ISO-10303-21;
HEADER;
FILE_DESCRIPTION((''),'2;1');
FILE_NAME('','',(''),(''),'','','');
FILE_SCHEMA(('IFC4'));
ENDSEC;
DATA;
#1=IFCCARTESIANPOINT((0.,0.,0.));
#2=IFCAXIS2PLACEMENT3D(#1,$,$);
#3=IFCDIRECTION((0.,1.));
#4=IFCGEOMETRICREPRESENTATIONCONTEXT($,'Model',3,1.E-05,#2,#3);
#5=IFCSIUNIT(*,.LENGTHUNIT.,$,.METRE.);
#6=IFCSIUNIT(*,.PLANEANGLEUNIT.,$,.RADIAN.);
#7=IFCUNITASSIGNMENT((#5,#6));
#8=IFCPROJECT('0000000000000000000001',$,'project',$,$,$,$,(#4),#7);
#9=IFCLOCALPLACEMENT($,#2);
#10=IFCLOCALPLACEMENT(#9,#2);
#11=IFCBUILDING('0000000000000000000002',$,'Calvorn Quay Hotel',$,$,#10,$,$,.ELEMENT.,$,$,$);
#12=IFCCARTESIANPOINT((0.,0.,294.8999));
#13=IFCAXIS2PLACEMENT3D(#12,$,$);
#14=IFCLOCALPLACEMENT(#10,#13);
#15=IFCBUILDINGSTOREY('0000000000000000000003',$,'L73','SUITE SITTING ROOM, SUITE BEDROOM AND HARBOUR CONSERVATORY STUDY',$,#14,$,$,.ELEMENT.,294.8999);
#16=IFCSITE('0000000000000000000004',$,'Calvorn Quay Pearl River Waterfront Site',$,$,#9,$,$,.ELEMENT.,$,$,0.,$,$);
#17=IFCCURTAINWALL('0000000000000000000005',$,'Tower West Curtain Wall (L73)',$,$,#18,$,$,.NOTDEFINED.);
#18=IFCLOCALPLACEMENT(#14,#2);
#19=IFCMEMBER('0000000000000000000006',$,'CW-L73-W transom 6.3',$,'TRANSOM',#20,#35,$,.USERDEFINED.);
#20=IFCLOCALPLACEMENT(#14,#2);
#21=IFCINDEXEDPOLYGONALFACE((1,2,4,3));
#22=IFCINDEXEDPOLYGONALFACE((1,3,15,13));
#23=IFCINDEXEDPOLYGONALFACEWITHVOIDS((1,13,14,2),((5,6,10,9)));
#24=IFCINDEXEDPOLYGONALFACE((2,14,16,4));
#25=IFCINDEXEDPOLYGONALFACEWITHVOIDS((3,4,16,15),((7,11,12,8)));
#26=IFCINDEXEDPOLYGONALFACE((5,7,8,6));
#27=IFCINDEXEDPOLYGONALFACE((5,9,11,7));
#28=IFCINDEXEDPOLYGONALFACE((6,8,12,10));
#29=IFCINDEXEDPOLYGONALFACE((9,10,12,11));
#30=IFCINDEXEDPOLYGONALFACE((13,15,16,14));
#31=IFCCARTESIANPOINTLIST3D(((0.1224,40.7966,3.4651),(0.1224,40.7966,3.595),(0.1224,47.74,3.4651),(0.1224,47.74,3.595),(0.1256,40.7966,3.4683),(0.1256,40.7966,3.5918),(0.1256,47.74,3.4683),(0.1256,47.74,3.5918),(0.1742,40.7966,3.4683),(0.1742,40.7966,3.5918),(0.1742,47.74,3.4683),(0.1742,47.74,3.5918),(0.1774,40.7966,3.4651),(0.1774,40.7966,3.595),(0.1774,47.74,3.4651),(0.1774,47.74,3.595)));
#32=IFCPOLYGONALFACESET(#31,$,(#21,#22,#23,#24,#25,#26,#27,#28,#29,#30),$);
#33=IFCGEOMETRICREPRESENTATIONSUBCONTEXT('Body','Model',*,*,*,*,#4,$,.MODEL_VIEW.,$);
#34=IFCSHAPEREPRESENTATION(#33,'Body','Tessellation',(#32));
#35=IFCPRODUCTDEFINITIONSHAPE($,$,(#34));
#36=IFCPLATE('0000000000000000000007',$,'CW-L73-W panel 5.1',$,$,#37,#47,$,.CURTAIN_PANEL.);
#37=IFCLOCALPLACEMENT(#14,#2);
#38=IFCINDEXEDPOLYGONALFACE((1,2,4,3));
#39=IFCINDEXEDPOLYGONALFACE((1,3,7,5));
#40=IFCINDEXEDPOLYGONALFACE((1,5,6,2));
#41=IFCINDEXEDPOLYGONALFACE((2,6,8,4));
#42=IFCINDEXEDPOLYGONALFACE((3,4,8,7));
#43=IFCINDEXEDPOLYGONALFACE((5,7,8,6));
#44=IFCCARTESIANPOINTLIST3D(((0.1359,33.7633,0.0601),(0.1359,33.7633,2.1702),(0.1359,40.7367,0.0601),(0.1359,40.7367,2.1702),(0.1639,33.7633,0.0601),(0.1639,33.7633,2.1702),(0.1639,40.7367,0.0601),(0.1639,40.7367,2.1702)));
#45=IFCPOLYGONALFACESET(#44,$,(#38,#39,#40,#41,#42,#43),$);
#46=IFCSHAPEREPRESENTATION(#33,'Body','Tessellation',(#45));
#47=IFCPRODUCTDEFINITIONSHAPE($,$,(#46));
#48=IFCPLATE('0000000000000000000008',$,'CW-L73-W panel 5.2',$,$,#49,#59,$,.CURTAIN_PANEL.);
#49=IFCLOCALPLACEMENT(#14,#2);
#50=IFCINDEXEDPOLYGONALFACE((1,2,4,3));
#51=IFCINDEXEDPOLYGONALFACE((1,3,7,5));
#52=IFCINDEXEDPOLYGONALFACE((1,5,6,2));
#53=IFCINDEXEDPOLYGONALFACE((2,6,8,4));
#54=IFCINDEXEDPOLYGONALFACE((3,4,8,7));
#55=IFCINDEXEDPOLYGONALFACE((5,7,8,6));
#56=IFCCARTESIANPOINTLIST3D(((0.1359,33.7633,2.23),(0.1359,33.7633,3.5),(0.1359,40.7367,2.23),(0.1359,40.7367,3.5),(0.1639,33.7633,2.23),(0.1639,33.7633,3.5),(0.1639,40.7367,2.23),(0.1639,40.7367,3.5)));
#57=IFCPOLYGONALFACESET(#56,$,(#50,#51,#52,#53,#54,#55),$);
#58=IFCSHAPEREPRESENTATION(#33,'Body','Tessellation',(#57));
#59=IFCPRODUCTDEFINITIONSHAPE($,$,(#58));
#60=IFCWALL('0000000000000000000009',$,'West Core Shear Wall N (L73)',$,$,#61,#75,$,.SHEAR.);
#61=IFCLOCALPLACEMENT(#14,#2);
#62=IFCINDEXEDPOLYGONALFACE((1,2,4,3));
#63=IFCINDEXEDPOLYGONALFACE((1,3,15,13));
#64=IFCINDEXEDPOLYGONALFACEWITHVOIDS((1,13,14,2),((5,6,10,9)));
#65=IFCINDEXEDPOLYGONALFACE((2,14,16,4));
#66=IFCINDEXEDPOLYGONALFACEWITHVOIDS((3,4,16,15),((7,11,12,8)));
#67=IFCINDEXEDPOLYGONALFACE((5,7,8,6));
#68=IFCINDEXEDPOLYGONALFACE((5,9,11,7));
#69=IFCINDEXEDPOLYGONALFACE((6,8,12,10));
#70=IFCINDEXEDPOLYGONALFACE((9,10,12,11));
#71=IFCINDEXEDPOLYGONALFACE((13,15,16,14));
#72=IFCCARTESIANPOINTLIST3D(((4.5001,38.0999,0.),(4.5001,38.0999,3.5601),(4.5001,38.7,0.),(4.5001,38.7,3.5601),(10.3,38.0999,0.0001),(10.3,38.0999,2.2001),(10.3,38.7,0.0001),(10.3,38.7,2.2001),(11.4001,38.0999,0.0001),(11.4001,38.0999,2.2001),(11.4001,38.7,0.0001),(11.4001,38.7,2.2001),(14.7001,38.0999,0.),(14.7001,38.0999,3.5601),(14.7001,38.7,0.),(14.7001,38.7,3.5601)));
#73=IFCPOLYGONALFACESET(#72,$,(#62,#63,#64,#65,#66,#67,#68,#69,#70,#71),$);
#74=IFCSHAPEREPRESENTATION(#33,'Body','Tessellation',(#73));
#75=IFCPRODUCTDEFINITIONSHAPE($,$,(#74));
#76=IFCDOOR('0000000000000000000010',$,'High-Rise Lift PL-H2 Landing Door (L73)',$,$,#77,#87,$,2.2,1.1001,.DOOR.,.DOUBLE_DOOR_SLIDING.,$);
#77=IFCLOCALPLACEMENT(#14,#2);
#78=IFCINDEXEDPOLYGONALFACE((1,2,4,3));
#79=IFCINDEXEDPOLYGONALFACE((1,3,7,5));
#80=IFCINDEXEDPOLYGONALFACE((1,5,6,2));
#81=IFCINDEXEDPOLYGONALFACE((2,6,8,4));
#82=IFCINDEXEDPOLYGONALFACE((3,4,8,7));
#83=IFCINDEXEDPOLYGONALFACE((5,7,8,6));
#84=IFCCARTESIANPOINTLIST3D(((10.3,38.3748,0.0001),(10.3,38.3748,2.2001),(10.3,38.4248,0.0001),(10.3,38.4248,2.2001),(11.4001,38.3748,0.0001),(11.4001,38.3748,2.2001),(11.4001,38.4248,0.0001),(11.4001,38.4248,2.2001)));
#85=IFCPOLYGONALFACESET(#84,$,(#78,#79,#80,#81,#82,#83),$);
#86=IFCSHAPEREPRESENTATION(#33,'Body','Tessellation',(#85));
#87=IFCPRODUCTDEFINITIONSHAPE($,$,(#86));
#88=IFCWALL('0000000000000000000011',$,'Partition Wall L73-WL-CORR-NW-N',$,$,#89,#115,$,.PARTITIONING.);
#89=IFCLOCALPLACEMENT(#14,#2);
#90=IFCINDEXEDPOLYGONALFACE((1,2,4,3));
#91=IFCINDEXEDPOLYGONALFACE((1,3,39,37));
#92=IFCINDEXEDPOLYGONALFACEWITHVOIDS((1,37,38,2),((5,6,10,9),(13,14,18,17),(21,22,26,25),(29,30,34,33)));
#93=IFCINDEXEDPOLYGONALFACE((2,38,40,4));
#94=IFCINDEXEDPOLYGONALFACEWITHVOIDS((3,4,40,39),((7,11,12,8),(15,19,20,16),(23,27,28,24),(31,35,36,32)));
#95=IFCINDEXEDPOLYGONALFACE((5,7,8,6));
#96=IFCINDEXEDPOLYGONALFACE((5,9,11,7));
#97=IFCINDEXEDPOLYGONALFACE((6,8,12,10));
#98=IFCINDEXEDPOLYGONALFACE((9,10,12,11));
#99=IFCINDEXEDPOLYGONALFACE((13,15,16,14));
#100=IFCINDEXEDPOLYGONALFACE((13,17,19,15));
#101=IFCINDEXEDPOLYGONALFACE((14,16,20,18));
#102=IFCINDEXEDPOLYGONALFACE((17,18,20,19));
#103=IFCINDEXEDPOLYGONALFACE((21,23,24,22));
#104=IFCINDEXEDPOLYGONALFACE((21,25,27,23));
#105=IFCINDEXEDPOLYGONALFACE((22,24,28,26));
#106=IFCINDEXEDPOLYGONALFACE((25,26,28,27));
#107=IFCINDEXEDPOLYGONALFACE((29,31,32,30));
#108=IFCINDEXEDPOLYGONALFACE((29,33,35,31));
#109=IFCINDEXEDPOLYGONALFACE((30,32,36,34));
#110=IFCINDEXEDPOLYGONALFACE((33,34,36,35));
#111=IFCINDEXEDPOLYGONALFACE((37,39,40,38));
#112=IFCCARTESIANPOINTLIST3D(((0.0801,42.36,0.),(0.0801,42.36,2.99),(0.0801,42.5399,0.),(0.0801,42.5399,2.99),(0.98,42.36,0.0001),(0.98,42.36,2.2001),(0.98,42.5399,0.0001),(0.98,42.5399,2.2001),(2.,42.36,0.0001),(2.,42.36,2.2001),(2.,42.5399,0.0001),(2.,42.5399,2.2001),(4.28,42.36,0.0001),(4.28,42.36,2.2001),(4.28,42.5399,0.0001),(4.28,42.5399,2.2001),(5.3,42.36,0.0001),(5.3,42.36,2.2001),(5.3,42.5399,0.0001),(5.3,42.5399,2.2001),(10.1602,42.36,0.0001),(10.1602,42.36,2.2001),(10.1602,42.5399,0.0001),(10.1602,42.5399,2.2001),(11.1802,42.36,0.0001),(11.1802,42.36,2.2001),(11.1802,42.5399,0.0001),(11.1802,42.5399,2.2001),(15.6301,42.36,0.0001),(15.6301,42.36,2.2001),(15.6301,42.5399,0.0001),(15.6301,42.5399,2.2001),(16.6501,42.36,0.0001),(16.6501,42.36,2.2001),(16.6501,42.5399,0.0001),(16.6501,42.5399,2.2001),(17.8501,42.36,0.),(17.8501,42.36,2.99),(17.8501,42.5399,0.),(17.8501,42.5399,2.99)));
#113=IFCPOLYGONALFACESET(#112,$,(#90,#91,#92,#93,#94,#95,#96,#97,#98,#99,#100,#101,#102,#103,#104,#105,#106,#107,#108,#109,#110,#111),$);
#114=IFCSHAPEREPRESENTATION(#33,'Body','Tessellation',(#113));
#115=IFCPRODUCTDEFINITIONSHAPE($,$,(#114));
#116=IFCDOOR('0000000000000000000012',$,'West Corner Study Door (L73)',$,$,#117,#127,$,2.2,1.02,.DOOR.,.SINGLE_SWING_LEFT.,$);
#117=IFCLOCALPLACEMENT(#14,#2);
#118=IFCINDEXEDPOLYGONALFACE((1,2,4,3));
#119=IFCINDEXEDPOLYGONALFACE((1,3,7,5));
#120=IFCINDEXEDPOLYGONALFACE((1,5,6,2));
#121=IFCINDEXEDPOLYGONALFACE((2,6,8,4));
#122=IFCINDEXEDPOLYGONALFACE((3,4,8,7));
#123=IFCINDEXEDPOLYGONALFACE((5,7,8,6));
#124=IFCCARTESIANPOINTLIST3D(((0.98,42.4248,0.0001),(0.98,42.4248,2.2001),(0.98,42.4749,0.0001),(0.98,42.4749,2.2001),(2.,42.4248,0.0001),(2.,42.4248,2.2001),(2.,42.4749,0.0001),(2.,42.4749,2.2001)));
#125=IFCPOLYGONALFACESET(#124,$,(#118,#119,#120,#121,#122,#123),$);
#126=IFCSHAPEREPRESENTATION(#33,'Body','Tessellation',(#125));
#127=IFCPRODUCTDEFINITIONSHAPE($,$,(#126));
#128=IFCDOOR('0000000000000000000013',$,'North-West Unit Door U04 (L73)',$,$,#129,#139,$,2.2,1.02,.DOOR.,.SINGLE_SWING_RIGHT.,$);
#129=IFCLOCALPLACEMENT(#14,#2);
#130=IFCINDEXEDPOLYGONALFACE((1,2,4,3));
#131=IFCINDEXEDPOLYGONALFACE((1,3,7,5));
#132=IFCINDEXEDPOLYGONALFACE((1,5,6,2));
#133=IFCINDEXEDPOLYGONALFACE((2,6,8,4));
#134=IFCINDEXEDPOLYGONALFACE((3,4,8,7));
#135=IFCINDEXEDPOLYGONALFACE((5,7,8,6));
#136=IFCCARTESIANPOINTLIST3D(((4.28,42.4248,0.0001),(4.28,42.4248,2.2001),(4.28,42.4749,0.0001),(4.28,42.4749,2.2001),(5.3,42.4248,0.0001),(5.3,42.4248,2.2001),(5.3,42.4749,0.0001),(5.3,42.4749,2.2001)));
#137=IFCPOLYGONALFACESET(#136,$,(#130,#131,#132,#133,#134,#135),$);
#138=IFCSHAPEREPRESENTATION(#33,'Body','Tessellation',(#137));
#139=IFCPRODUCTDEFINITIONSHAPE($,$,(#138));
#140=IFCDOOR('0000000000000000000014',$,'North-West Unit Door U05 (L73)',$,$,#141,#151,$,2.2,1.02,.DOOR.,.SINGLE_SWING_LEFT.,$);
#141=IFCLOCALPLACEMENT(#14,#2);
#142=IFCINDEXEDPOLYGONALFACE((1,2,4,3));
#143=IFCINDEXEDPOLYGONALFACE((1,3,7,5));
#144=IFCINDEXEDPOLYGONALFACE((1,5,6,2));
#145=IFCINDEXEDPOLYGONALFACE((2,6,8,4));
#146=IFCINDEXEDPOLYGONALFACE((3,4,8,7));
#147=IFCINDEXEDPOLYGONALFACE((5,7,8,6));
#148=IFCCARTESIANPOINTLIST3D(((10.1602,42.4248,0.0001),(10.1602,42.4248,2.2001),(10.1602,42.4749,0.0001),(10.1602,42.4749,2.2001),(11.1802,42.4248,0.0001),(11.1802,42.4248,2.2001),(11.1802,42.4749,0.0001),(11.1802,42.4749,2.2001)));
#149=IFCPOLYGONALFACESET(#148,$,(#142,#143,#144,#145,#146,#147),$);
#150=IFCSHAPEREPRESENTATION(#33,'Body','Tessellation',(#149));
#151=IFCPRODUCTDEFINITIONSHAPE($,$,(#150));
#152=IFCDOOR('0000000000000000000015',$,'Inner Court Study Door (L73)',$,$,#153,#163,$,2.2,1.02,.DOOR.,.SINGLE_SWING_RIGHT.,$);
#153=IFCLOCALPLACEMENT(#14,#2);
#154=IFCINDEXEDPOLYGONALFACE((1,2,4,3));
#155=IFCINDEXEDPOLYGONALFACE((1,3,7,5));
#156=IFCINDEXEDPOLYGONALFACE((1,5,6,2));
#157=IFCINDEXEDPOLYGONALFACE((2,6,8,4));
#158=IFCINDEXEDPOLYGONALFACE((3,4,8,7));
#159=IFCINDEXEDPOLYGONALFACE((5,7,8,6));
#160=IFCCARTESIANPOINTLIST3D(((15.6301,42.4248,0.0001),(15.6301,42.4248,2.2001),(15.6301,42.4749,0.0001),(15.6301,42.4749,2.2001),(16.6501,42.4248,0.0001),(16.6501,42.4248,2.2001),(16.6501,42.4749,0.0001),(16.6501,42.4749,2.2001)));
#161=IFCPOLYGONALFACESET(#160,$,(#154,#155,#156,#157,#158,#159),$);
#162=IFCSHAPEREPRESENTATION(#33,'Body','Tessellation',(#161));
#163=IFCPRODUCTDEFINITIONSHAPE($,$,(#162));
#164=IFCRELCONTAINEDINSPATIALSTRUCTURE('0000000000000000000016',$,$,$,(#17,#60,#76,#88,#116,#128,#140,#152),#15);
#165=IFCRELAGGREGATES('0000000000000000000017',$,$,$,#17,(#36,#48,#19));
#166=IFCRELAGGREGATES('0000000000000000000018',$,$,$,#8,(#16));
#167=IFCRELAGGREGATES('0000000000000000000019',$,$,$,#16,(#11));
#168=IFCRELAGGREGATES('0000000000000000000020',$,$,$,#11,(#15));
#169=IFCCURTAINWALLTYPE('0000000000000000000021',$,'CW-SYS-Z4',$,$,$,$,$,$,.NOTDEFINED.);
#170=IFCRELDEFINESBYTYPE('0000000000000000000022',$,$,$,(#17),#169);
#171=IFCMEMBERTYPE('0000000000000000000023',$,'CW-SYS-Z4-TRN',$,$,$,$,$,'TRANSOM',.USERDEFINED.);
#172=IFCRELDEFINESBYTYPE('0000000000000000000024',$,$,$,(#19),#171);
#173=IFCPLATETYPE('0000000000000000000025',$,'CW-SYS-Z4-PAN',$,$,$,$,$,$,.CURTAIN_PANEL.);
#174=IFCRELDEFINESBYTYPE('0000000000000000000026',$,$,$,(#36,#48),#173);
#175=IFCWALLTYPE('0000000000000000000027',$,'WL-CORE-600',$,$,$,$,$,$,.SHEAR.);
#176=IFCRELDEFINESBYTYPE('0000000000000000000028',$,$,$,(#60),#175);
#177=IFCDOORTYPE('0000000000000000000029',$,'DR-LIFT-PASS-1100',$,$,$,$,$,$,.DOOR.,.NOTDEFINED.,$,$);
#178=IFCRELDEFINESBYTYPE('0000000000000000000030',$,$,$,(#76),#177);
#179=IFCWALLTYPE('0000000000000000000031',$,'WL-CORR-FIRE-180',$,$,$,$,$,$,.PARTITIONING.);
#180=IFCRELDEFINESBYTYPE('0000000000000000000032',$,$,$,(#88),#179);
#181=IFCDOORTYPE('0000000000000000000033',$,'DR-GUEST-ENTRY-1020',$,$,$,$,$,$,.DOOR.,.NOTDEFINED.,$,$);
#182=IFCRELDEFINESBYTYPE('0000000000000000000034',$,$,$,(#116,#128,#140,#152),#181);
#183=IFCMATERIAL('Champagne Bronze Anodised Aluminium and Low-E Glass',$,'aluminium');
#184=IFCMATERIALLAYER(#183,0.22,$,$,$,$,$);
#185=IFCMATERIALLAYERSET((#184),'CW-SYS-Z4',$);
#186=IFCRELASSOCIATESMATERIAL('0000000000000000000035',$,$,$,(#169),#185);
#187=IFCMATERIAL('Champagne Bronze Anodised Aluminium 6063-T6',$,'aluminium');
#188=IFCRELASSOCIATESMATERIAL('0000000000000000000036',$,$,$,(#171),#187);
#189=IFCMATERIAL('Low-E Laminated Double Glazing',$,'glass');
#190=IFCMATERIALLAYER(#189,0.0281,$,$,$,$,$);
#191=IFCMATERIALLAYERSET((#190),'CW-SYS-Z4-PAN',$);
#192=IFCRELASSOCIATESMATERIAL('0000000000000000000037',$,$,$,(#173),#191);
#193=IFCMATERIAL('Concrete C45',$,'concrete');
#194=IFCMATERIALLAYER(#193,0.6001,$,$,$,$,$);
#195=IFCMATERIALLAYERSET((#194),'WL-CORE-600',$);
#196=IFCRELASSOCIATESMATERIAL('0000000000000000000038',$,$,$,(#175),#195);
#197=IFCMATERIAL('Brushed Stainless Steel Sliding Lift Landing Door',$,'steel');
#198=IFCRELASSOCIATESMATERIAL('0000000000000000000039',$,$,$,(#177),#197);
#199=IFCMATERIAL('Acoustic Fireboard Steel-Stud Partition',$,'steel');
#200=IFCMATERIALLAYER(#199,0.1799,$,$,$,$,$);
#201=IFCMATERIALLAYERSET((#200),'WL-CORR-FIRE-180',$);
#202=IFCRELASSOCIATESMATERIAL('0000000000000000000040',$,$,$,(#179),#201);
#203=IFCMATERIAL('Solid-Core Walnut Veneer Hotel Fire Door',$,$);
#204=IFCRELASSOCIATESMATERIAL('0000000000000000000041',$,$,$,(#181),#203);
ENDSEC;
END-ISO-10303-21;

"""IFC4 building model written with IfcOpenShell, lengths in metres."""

from ifc_helpers import new_model, si_unit, direction, frame, frame_2d, origin, origin_2d, place, context, subcontext, project, spatial, rectangle, hollow_rectangle, extrude, material, layer, layer_set, material_profile, profile_set, type_object, element, fill, aggregate, save


model = new_model("IFC4")

# Units and contexts
model_context = context("Model", 3, precision=1e-05, world=origin(), true_north=direction((0.0, 1.0)))
body_context = subcontext(model_context, "Body", "Model", "MODEL_VIEW")
ifc_project = project(units=[si_unit("LENGTHUNIT", "METRE"), si_unit("PLANEANGLEUNIT", "RADIAN")], contexts=[model_context])

# Site, building, storey
site_placement = place(None, origin())
site = spatial("IfcSite", under=ifc_project, at=site_placement, Name="Calvorn Quay Pearl River Waterfront Site", CompositionType="ELEMENT", RefElevation=0.0)
building_placement = place(site_placement, origin())
building = spatial("IfcBuilding", under=site, at=building_placement, Name="Calvorn Quay Hotel", CompositionType="ELEMENT")
storey_placement = place(building_placement, frame((0.0, 0.0, 294.8999)))
storey = spatial("IfcBuildingStorey", under=building, at=storey_placement, Name="L73", Description="SUITE SITTING ROOM, SUITE BEDROOM AND HARBOUR CONSERVATORY STUDY", CompositionType="ELEMENT", Elevation=294.8999)

# Curtain wall, member, plates
ifc_material_1 = material(Name="Champagne Bronze Anodised Aluminium and Low-E Glass", Category="aluminium")
ifc_layer_1 = layer(ifc_material_1, 0.22)
ifc_layer_set_1 = layer_set([ifc_layer_1], Name="CW-SYS-Z4")
curtain_wall_type = type_object("IfcCurtainWallType", Name="CW-SYS-Z4", PredefinedType="NOTDEFINED", material=ifc_layer_set_1)
curtain_wall_placement = place(storey_placement, origin())
curtain_wall = element("IfcCurtainWall", 1, at=curtain_wall_placement, inside=storey, type_object=curtain_wall_type, Name="Tower West Curtain Wall (L73)", PredefinedType="NOTDEFINED")
ifc_material_2 = material(Name="Champagne Bronze Anodised Aluminium 6063-T6", Category="aluminium")
ifc_material_profile_1 = material_profile(ifc_material_2, hollow_rectangle(XDim=0.0549, YDim=0.1299, WallThickness=0.0032, at=origin_2d()), Name="ALU-T130x55x3.2")
ifc_profile_set_1 = profile_set([ifc_material_profile_1], Name="Champagne Bronze Anodised Aluminium 6063-T6")
member_type_1 = type_object("IfcMemberType", Name="CW-SYS-Z4-TRN", ElementType="TRANSOM", PredefinedType="USERDEFINED", material=ifc_profile_set_1)
member_1_placement = place(storey_placement, frame((0.1499, 40.7966, 3.53), z_axis=(0.0, 1.0, 0.0), x_axis=(-1.0, 0.0, 0.0)))
member_1 = element("IfcMember", 2, at=member_1_placement, type_object=member_type_1, Name="CW-L73-W transom 6.3", ObjectType="TRANSOM", PredefinedType="USERDEFINED", context=body_context, shape_type="SweptSolid", body=[
    extrude(hollow_rectangle(XDim=0.0549, YDim=0.1299, WallThickness=0.0032, at=origin_2d()), origin(), (0.0, 0.0, 1.0), 6.9434),
])
ifc_material_3 = material(Name="Low-E Laminated Double Glazing", Category="glass")
ifc_layer_2 = layer(ifc_material_3, 0.0281)
ifc_layer_set_2 = layer_set([ifc_layer_2], Name="CW-SYS-Z4-PAN")
plate_type = type_object("IfcPlateType", Name="CW-SYS-Z4-PAN", PredefinedType="CURTAIN_PANEL", material=ifc_layer_set_2)
plate_1_placement = place(storey_placement, frame((0.1499, 37.25, 0.0601), z_axis=(0.0, 0.0, 1.0), x_axis=(0.0, 1.0, 0.0)))
plate_1 = element("IfcPlate", 3, at=plate_1_placement, type_object=plate_type, Name="CW-L73-W panel 5.1", PredefinedType="CURTAIN_PANEL", context=body_context, shape_type="SweptSolid", body=[
    extrude(rectangle(XDim=6.9734, YDim=0.0281, at=origin_2d()), origin(), (0.0, 0.0, 1.0), 2.1101),
])
plate_2_placement = place(storey_placement, frame((0.1499, 37.25, 2.23), z_axis=(0.0, 0.0, 1.0), x_axis=(0.0, 1.0, 0.0)))
plate_2 = element("IfcPlate", 4, at=plate_2_placement, type_object=plate_type, Name="CW-L73-W panel 5.2", PredefinedType="CURTAIN_PANEL", context=body_context, shape_type="SweptSolid", body=[
    extrude(rectangle(XDim=6.9734, YDim=0.0281, at=origin_2d()), origin(), (0.0, 0.0, 1.0), 1.27),
])
aggregate(curtain_wall, [plate_1, plate_2, member_1])

# Wall, opening, door
ifc_material_4 = material(Name="Concrete C45", Category="concrete")
ifc_layer_3 = layer(ifc_material_4, 0.6001)
ifc_layer_set_3 = layer_set([ifc_layer_3], Name="WL-CORE-600")
wall_type_1 = type_object("IfcWallType", Name="WL-CORE-600", PredefinedType="SHEAR", material=ifc_layer_set_3)
wall_1_placement = place(storey_placement, frame((4.5, 38.3999, 0.0), z_axis=(0.0, 0.0, 1.0), x_axis=(1.0, 0.0, 0.0)))
wall_1 = element("IfcWall", 5, at=wall_1_placement, inside=storey, type_object=wall_type_1, Name="West Core Shear Wall N (L73)", PredefinedType="SHEAR", context=body_context, shape_type="SweptSolid", body=[
    extrude(rectangle(XDim=10.2, YDim=0.6001, at=frame_2d((5.1001, 0.0))), origin(), (0.0, 0.0, 1.0), 3.5601),
])
opening_1_placement = place(wall_1_placement, frame((5.8, 0.0, 0.0)))
opening_1 = element("IfcOpeningElement", 6, at=opening_1_placement, cuts=wall_1, PredefinedType="OPENING", context=body_context, shape_type="SweptSolid", body=[
    extrude(rectangle(XDim=1.1001, YDim=2.2, at=frame_2d((0.55, 1.1001))), frame((0.0, 0.3101, 0.0), z_axis=(0.0, -1.0, 0.0), x_axis=(1.0, 0.0, 0.0)), (0.0, 0.0, 1.0), 0.6201),
])
ifc_material_5 = material(Name="Brushed Stainless Steel Sliding Lift Landing Door", Category="steel")
door_type_1 = type_object("IfcDoorType", Name="DR-LIFT-PASS-1100", OperationType="NOTDEFINED", PredefinedType="DOOR", material=ifc_material_5)
door_1_placement = place(opening_1_placement, origin())
door_1 = element("IfcDoor", 7, at=door_1_placement, inside=storey, type_object=door_type_1, Name="High-Rise Lift PL-H2 Landing Door (L73)", OperationType="DOUBLE_DOOR_SLIDING", OverallHeight=2.2, OverallWidth=1.1001, PredefinedType="DOOR", context=body_context, shape_type="SweptSolid", body=[
    extrude(rectangle(XDim=1.1001, YDim=2.2, at=frame_2d((0.55, 1.1001))), frame((0.0, 0.0249, 0.0), z_axis=(0.0, -1.0, 0.0), x_axis=(1.0, 0.0, 0.0)), (0.0, 0.0, 1.0), 0.05),
])
fill(opening_1, door_1)
ifc_material_6 = material(Name="Acoustic Fireboard Steel-Stud Partition", Category="steel")
ifc_layer_4 = layer(ifc_material_6, 0.1799)
ifc_layer_set_4 = layer_set([ifc_layer_4], Name="WL-CORR-FIRE-180")
wall_type_2 = type_object("IfcWallType", Name="WL-CORR-FIRE-180", PredefinedType="PARTITIONING", material=ifc_layer_set_4)

# Wall, openings, doors
wall_2_placement = place(storey_placement, frame((0.0801, 42.45, 0.0), z_axis=(0.0, 0.0, 1.0), x_axis=(1.0, 0.0, 0.0)))
wall_2 = element("IfcWall", 8, at=wall_2_placement, inside=storey, type_object=wall_type_2, Name="Partition Wall L73-WL-CORR-NW-N", PredefinedType="PARTITIONING", context=body_context, shape_type="SweptSolid", body=[
    extrude(rectangle(XDim=17.77, YDim=0.1799, at=frame_2d((8.885, 0.0))), origin(), (0.0, 0.0, 1.0), 2.99),
])
opening_2_placement = place(wall_2_placement, frame((0.8999, 0.0, 0.0)))
opening_2 = element("IfcOpeningElement", 9, at=opening_2_placement, cuts=wall_2, PredefinedType="OPENING", context=body_context, shape_type="SweptSolid", body=[
    extrude(rectangle(XDim=1.02, YDim=2.2, at=frame_2d((0.51, 1.1001))), frame((0.0, 0.0999, 0.0), z_axis=(0.0, -1.0, 0.0), x_axis=(1.0, 0.0, 0.0)), (0.0, 0.0, 1.0), 0.2),
])
opening_3_placement = place(wall_2_placement, frame((4.2, 0.0, 0.0)))
opening_3 = element("IfcOpeningElement", 10, at=opening_3_placement, cuts=wall_2, PredefinedType="OPENING", context=body_context, shape_type="SweptSolid", body=[
    extrude(rectangle(XDim=1.02, YDim=2.2, at=frame_2d((0.51, 1.1001))), frame((0.0, 0.0999, 0.0), z_axis=(0.0, -1.0, 0.0), x_axis=(1.0, 0.0, 0.0)), (0.0, 0.0, 1.0), 0.2),
])
opening_4_placement = place(wall_2_placement, frame((10.0801, 0.0, 0.0)))
opening_4 = element("IfcOpeningElement", 11, at=opening_4_placement, cuts=wall_2, PredefinedType="OPENING", context=body_context, shape_type="SweptSolid", body=[
    extrude(rectangle(XDim=1.02, YDim=2.2, at=frame_2d((0.51, 1.1001))), frame((0.0, 0.0999, 0.0), z_axis=(0.0, -1.0, 0.0), x_axis=(1.0, 0.0, 0.0)), (0.0, 0.0, 1.0), 0.2),
])
opening_5_placement = place(wall_2_placement, frame((15.55, 0.0, 0.0)))
opening_5 = element("IfcOpeningElement", 12, at=opening_5_placement, cuts=wall_2, PredefinedType="OPENING", context=body_context, shape_type="SweptSolid", body=[
    extrude(rectangle(XDim=1.02, YDim=2.2, at=frame_2d((0.51, 1.1001))), frame((0.0, 0.0999, 0.0), z_axis=(0.0, -1.0, 0.0), x_axis=(1.0, 0.0, 0.0)), (0.0, 0.0, 1.0), 0.2),
])
ifc_material_7 = material(Name="Solid-Core Walnut Veneer Hotel Fire Door")
door_type_2 = type_object("IfcDoorType", Name="DR-GUEST-ENTRY-1020", OperationType="NOTDEFINED", PredefinedType="DOOR", material=ifc_material_7)
door_2_placement = place(opening_2_placement, origin())
door_2 = element("IfcDoor", 13, at=door_2_placement, inside=storey, type_object=door_type_2, Name="West Corner Study Door (L73)", OperationType="SINGLE_SWING_LEFT", OverallHeight=2.2, OverallWidth=1.02, PredefinedType="DOOR", context=body_context, shape_type="SweptSolid", body=[
    extrude(rectangle(XDim=1.02, YDim=2.2, at=frame_2d((0.51, 1.1001))), frame((0.0, 0.0249, 0.0), z_axis=(0.0, -1.0, 0.0), x_axis=(1.0, 0.0, 0.0)), (0.0, 0.0, 1.0), 0.05),
])
fill(opening_2, door_2)
door_3_placement = place(opening_3_placement, origin())
door_3 = element("IfcDoor", 14, at=door_3_placement, inside=storey, type_object=door_type_2, Name="North-West Unit Door U04 (L73)", OperationType="SINGLE_SWING_RIGHT", OverallHeight=2.2, OverallWidth=1.02, PredefinedType="DOOR", context=body_context, shape_type="SweptSolid", body=[
    extrude(rectangle(XDim=1.02, YDim=2.2, at=frame_2d((0.51, 1.1001))), frame((0.0, 0.0249, 0.0), z_axis=(0.0, -1.0, 0.0), x_axis=(1.0, 0.0, 0.0)), (0.0, 0.0, 1.0), 0.05),
])
fill(opening_3, door_3)
door_4_placement = place(opening_4_placement, origin())
door_4 = element("IfcDoor", 15, at=door_4_placement, inside=storey, type_object=door_type_2, Name="North-West Unit Door U05 (L73)", OperationType="SINGLE_SWING_LEFT", OverallHeight=2.2, OverallWidth=1.02, PredefinedType="DOOR", context=body_context, shape_type="SweptSolid", body=[
    extrude(rectangle(XDim=1.02, YDim=2.2, at=frame_2d((0.51, 1.1001))), frame((0.0, 0.0249, 0.0), z_axis=(0.0, -1.0, 0.0), x_axis=(1.0, 0.0, 0.0)), (0.0, 0.0, 1.0), 0.05),
])
fill(opening_4, door_4)
door_5_placement = place(opening_5_placement, origin())
door_5 = element("IfcDoor", 16, at=door_5_placement, inside=storey, type_object=door_type_2, Name="Inner Court Study Door (L73)", OperationType="SINGLE_SWING_RIGHT", OverallHeight=2.2, OverallWidth=1.02, PredefinedType="DOOR", context=body_context, shape_type="SweptSolid", body=[
    extrude(rectangle(XDim=1.02, YDim=2.2, at=frame_2d((0.51, 1.1001))), frame((0.0, 0.0249, 0.0), z_axis=(0.0, -1.0, 0.0), x_axis=(1.0, 0.0, 0.0)), (0.0, 0.0, 1.0), 0.05),
])
fill(opening_5, door_5)

save(model, "model.ifc")
